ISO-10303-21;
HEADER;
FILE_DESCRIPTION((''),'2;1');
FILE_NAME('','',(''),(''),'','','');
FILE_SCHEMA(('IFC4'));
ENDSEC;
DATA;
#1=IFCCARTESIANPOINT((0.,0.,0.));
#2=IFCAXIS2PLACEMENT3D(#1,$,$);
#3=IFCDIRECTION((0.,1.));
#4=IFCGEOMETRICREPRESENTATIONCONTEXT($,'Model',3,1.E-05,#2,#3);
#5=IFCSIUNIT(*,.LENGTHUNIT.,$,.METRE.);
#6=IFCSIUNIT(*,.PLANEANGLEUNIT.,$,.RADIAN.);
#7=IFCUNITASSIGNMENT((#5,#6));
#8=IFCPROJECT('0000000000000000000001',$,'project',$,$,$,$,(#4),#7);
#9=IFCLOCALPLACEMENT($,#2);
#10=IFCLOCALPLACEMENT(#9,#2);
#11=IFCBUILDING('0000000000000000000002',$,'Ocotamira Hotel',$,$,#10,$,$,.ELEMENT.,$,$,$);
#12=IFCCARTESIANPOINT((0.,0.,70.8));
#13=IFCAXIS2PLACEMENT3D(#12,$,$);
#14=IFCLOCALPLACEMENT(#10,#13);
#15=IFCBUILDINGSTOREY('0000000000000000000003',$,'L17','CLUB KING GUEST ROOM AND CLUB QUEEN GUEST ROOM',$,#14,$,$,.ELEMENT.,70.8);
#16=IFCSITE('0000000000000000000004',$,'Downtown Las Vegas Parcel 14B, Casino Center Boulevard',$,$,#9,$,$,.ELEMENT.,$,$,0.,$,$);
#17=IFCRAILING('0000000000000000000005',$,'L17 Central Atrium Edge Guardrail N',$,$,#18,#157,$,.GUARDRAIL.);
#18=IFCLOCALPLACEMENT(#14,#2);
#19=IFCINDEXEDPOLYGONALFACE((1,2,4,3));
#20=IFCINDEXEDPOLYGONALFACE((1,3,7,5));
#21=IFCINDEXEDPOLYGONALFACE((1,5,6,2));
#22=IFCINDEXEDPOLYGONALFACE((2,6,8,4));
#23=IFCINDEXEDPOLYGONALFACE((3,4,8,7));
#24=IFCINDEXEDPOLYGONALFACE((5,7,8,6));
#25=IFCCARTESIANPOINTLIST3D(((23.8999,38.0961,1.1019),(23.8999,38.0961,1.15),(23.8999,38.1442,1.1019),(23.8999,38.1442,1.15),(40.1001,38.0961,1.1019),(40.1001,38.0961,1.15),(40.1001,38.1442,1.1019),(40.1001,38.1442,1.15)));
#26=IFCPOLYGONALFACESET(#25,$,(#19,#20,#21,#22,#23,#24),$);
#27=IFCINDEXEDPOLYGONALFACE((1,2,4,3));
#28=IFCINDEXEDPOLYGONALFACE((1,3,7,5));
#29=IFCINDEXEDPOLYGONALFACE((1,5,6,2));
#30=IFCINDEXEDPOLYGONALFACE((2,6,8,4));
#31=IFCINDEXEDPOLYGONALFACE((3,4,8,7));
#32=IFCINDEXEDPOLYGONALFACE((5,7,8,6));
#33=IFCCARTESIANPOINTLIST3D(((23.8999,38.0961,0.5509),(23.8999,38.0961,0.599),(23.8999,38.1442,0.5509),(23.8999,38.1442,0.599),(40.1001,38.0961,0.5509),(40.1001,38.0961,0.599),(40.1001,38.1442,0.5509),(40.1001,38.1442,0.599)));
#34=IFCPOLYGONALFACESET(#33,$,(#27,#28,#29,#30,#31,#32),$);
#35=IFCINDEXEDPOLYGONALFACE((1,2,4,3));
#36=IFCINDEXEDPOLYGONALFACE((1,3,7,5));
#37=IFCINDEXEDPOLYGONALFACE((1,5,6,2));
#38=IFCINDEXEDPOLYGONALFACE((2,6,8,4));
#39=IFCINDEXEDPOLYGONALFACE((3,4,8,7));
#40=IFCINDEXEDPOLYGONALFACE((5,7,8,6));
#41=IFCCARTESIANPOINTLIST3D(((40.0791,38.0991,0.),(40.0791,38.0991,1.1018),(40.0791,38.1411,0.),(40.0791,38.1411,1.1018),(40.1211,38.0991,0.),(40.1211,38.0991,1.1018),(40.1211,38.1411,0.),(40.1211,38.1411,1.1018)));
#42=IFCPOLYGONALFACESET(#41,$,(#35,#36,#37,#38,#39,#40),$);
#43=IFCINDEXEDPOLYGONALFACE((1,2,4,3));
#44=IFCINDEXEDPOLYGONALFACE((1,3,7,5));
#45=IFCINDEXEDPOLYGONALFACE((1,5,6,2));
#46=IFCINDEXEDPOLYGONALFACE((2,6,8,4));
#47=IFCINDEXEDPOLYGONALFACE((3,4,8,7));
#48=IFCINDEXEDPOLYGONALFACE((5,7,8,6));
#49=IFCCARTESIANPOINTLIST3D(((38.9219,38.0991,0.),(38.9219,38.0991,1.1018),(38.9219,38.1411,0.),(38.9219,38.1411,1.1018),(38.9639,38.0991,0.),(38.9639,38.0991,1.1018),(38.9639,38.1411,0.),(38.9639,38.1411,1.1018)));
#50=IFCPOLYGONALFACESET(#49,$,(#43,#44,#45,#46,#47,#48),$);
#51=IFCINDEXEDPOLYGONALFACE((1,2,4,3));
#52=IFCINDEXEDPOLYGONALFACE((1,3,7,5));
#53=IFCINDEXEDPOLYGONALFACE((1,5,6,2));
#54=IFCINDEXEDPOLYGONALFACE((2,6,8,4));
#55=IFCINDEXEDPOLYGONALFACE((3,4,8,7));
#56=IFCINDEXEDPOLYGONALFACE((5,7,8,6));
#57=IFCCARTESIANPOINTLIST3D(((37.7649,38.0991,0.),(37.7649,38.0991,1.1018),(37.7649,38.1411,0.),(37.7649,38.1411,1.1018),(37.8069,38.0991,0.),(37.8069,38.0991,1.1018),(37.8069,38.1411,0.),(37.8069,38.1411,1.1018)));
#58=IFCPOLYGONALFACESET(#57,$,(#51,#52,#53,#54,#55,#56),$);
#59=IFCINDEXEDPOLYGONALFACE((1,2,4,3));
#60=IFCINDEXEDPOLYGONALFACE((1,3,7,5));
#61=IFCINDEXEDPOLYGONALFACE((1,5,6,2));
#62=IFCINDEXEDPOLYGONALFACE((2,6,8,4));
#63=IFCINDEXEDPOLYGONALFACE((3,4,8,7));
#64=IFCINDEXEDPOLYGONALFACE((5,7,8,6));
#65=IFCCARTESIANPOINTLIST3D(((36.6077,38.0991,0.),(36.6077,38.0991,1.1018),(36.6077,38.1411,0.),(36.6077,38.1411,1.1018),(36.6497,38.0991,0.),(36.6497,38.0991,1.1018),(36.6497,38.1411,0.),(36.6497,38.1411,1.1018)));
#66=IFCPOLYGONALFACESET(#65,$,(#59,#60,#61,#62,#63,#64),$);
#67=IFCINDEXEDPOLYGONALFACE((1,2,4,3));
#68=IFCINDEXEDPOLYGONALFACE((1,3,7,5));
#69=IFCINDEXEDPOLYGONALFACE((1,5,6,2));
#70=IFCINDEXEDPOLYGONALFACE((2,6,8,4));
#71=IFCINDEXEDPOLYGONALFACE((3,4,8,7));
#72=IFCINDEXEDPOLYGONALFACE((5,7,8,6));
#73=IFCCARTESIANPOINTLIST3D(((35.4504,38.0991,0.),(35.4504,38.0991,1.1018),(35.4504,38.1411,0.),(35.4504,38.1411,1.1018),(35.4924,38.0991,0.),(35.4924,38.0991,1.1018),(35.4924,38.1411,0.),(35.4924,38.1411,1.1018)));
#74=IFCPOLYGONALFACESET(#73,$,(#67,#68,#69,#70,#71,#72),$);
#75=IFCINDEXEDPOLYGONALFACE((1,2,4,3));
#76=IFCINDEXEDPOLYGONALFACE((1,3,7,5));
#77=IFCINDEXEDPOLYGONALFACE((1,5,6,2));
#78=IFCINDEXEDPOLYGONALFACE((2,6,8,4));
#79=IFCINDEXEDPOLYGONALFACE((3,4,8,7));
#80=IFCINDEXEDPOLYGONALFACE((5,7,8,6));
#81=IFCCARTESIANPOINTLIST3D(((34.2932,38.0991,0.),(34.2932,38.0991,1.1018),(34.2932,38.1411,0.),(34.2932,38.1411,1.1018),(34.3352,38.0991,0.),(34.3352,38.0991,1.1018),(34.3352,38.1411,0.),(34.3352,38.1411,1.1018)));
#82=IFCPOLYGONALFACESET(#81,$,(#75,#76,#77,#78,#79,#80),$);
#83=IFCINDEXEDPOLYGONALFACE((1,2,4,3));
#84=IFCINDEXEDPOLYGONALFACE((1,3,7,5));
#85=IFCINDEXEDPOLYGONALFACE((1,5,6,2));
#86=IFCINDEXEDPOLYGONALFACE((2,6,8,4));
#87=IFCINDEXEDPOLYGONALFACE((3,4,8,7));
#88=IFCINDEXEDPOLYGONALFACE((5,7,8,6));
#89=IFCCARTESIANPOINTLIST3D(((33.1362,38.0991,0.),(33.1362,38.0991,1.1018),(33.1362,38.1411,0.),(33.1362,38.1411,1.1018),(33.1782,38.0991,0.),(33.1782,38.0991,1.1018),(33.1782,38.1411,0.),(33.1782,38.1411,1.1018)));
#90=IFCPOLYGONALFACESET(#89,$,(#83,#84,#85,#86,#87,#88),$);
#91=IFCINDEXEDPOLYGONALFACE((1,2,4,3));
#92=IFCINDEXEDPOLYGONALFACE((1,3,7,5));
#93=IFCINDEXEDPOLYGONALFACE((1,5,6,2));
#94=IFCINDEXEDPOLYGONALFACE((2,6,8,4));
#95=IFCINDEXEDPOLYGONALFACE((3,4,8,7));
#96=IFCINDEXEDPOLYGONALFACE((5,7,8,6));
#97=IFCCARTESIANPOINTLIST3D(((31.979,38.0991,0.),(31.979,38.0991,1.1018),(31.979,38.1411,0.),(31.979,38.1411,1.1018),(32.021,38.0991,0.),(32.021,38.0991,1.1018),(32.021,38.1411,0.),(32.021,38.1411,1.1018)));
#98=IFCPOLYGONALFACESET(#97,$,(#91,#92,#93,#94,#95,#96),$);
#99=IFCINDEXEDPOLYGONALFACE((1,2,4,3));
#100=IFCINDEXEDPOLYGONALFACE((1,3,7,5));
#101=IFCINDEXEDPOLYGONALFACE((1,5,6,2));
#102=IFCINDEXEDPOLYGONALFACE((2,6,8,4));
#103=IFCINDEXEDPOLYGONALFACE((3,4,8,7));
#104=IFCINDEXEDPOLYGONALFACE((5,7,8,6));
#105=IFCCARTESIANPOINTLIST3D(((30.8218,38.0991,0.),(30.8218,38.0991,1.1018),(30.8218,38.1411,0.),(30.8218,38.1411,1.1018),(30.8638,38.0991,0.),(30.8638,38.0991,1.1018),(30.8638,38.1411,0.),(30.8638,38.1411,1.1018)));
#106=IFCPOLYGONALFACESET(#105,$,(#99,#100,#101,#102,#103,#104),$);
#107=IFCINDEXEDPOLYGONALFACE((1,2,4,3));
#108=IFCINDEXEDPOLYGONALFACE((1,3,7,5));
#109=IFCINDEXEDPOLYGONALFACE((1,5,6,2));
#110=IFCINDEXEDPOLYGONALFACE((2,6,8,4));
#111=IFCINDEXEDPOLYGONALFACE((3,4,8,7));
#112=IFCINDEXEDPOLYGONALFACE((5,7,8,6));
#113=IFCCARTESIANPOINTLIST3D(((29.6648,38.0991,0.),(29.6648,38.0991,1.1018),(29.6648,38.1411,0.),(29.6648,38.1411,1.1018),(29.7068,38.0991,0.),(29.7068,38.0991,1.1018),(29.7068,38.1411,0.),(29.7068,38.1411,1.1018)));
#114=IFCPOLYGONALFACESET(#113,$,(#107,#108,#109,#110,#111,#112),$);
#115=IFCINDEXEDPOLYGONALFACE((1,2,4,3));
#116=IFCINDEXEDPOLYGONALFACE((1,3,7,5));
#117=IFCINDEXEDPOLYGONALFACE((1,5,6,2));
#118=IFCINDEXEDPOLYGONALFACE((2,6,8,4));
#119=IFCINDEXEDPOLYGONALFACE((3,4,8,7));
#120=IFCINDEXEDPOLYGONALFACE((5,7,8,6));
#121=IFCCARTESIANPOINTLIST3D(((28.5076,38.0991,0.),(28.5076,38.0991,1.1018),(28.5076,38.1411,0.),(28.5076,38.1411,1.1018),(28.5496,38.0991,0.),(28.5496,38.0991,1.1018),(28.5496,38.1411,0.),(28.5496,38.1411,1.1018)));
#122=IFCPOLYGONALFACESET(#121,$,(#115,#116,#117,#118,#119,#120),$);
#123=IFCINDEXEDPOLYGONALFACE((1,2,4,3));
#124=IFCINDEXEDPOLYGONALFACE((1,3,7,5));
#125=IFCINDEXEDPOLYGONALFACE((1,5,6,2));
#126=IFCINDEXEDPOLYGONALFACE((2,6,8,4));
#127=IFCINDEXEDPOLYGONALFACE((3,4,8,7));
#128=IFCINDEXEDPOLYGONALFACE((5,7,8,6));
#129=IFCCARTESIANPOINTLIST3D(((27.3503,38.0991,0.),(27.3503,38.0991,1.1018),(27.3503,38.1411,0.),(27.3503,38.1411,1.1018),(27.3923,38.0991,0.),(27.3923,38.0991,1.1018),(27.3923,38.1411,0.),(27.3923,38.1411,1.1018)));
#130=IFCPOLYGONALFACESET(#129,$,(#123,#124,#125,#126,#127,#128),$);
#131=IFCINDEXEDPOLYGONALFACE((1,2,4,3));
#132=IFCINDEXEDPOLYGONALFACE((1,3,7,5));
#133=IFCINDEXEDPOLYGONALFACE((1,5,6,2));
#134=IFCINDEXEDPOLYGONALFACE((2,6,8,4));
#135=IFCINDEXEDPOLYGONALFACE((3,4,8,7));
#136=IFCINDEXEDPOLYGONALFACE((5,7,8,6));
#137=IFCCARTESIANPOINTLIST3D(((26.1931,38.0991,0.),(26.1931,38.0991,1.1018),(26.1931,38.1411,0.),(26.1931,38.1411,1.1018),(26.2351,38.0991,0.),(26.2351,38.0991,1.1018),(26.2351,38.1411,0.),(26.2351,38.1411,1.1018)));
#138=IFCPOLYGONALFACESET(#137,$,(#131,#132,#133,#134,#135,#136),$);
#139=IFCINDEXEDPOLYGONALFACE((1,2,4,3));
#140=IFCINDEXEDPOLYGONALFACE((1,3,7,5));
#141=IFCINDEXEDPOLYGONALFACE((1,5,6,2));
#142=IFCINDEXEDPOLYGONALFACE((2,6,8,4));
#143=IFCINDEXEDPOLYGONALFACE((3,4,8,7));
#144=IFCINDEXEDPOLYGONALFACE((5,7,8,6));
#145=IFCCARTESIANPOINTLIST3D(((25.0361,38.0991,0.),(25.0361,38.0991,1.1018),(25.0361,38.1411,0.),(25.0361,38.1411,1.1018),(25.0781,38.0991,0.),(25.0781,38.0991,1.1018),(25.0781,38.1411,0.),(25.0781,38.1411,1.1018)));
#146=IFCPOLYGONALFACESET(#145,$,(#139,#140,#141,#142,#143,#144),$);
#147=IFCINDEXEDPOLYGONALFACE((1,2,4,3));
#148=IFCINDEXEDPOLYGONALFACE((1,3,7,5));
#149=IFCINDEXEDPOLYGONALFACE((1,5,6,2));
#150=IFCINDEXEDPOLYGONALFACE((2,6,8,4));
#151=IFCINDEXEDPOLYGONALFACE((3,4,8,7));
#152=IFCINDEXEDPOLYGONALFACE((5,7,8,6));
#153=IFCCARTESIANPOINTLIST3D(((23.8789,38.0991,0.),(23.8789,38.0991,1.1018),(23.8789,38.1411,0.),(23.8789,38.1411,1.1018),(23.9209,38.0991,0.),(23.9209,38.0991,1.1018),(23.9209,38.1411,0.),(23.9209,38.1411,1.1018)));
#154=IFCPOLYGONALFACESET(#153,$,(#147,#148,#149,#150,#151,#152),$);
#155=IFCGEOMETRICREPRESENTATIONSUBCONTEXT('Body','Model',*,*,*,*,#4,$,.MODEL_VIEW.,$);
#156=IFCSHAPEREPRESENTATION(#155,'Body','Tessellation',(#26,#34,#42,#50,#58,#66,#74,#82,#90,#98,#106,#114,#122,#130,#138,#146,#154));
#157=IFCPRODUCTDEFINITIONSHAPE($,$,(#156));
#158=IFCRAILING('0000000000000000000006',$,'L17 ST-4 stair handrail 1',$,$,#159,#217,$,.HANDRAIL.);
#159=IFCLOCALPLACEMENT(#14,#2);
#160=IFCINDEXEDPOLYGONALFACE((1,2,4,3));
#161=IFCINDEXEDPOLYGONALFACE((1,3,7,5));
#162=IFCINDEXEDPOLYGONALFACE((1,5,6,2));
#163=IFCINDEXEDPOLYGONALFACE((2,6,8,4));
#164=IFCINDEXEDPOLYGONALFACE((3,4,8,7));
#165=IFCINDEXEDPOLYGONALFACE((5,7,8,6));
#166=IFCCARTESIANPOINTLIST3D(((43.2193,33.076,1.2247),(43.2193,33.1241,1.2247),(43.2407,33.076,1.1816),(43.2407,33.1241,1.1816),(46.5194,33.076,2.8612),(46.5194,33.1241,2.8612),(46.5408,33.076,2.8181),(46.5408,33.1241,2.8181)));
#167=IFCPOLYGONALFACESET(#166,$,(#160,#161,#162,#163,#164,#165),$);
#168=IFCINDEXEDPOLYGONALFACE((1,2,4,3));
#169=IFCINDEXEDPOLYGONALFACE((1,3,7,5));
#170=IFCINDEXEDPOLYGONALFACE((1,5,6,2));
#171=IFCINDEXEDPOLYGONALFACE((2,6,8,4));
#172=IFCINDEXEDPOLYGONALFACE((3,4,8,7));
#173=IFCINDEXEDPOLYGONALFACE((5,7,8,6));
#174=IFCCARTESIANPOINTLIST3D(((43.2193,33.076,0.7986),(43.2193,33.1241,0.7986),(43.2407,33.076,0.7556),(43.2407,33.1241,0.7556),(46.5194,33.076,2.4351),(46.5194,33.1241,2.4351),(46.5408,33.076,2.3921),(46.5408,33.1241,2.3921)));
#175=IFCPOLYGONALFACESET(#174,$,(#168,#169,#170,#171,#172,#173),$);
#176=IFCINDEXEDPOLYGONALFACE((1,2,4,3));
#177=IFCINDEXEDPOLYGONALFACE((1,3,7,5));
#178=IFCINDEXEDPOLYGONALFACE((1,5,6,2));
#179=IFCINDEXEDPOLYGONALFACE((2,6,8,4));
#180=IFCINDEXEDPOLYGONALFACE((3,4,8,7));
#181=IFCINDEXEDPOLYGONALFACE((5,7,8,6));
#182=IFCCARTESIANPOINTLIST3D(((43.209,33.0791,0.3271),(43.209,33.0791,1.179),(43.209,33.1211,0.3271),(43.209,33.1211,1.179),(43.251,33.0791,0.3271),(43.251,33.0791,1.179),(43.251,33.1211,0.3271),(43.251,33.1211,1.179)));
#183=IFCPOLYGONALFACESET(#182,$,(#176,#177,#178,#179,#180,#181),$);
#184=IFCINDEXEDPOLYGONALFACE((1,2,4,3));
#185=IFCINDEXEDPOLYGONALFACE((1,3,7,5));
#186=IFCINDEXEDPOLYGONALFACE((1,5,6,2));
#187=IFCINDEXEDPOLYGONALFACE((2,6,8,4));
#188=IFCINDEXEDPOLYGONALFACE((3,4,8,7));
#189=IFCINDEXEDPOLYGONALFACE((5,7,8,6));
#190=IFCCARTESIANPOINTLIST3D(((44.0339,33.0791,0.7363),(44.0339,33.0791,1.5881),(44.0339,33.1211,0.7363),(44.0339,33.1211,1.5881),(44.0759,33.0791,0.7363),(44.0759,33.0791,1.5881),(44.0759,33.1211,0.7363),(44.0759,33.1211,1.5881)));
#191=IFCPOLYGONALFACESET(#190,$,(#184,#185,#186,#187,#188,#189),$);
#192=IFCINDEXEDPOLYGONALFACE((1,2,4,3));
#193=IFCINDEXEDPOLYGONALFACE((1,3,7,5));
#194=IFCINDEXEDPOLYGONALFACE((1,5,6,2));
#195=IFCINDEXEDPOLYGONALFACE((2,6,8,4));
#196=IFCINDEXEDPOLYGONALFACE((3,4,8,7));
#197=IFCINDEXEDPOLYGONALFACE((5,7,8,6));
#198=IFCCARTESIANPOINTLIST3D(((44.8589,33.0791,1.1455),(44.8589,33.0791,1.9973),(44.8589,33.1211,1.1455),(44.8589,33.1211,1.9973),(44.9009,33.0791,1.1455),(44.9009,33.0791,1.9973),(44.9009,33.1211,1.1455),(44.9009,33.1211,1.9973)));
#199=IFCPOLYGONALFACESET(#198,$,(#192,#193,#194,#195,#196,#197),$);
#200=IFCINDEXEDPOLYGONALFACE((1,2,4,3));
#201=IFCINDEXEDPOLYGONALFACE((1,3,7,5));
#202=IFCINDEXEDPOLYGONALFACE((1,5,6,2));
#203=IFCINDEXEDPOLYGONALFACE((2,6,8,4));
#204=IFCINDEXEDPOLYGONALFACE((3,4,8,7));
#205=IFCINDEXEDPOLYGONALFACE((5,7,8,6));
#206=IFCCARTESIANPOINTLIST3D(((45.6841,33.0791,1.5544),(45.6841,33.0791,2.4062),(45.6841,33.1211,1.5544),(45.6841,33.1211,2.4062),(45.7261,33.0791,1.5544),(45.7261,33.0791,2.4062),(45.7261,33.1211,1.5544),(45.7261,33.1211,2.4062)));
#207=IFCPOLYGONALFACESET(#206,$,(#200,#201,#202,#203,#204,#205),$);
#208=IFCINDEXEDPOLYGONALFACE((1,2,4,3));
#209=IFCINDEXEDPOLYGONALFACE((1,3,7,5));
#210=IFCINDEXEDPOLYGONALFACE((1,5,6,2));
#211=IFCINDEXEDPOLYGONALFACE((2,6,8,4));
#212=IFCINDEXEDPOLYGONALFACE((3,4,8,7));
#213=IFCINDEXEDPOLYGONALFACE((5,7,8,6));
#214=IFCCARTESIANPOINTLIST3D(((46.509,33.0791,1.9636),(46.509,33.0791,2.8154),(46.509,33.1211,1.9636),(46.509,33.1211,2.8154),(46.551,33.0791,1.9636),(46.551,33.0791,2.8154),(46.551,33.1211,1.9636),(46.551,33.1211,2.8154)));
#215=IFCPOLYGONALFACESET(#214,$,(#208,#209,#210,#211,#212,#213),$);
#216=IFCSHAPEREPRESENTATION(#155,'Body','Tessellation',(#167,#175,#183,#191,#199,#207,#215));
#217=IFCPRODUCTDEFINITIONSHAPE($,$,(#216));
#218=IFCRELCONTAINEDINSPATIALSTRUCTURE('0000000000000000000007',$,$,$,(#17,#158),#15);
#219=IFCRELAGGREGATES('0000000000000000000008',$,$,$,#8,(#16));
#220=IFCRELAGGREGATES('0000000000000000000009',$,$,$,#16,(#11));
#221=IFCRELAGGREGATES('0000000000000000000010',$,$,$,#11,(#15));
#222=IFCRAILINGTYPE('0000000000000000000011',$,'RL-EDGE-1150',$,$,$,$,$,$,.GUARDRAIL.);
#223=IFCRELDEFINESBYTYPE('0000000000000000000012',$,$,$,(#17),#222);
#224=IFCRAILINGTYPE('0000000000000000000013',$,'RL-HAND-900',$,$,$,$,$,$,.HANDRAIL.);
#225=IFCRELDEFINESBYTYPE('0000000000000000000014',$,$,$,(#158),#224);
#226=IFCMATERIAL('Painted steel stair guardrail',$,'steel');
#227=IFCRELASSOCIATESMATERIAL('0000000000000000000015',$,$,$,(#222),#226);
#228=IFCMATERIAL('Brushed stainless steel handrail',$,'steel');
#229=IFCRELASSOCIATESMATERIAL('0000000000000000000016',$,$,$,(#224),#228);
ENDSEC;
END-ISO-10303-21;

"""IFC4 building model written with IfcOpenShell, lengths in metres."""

from ifc_helpers import new_model, si_unit, direction, frame, origin, origin_2d, place, context, subcontext, project, spatial, rectangle, extrude, material, type_object, element, save


model = new_model("IFC4")

# Units and contexts
model_context = context("Model", 3, precision=1e-05, world=origin(), true_north=direction((0.0, 1.0)))
body_context = subcontext(model_context, "Body", "Model", "MODEL_VIEW")
ifc_project = project(units=[si_unit("LENGTHUNIT", "METRE"), si_unit("PLANEANGLEUNIT", "RADIAN")], contexts=[model_context])

# Site, building, storey
site_placement = place(None, origin())
site = spatial("IfcSite", under=ifc_project, at=site_placement, Name="Downtown Las Vegas Parcel 14B, Casino Center Boulevard", CompositionType="ELEMENT", RefElevation=0.0)
building_placement = place(site_placement, origin())
building = spatial("IfcBuilding", under=site, at=building_placement, Name="Ocotamira Hotel", CompositionType="ELEMENT")
storey_placement = place(building_placement, frame((0.0, 0.0, 70.8)))
storey = spatial("IfcBuildingStorey", under=building, at=storey_placement, Name="L17", Description="CLUB KING GUEST ROOM AND CLUB QUEEN GUEST ROOM", CompositionType="ELEMENT", Elevation=70.8)

# Railings
ifc_material_1 = material(Name="Painted steel stair guardrail", Category="steel")
railing_type_1 = type_object("IfcRailingType", Name="RL-EDGE-1150", PredefinedType="GUARDRAIL", material=ifc_material_1)
railing_1_placement = place(storey_placement, frame((40.1001, 38.1201, 0.0)))
element("IfcRailing", 1, at=railing_1_placement, inside=storey, type_object=railing_type_1, Name="L17 Central Atrium Edge Guardrail N", PredefinedType="GUARDRAIL", context=body_context, shape_type="SweptSolid", body=[
    extrude(rectangle(XDim=0.0481, YDim=0.0481, at=origin_2d()), frame((0.0, 0.0, 1.126), z_axis=(-1.0, 0.0, 0.0), x_axis=(0.0, -1.0, 0.0)), (0.0, 0.0, 1.0), 16.2002),
    extrude(rectangle(XDim=0.0481, YDim=0.0481, at=origin_2d()), frame((0.0, 0.0, 0.575), z_axis=(-1.0, 0.0, 0.0), x_axis=(0.0, -1.0, 0.0)), (0.0, 0.0, 1.0), 16.2002),
    extrude(rectangle(XDim=0.042, YDim=0.042, at=origin_2d()), origin(), (0.0, 0.0, 1.0), 1.1018),
    extrude(rectangle(XDim=0.042, YDim=0.042, at=origin_2d()), frame((-1.1572, 0.0, 0.0)), (0.0, 0.0, 1.0), 1.1018),
    extrude(rectangle(XDim=0.042, YDim=0.042, at=origin_2d()), frame((-2.3142, 0.0, 0.0)), (0.0, 0.0, 1.0), 1.1018),
    extrude(rectangle(XDim=0.042, YDim=0.042, at=origin_2d()), frame((-3.4714, 0.0, 0.0)), (0.0, 0.0, 1.0), 1.1018),
    extrude(rectangle(XDim=0.042, YDim=0.042, at=origin_2d()), frame((-4.6287, 0.0, 0.0)), (0.0, 0.0, 1.0), 1.1018),
    extrude(rectangle(XDim=0.042, YDim=0.042, at=origin_2d()), frame((-5.7859, 0.0, 0.0)), (0.0, 0.0, 1.0), 1.1018),
    extrude(rectangle(XDim=0.042, YDim=0.042, at=origin_2d()), frame((-6.9429, 0.0, 0.0)), (0.0, 0.0, 1.0), 1.1018),
    extrude(rectangle(XDim=0.042, YDim=0.042, at=origin_2d()), frame((-8.1001, 0.0, 0.0)), (0.0, 0.0, 1.0), 1.1018),
    extrude(rectangle(XDim=0.042, YDim=0.042, at=origin_2d()), frame((-9.2573, 0.0, 0.0)), (0.0, 0.0, 1.0), 1.1018),
    extrude(rectangle(XDim=0.042, YDim=0.042, at=origin_2d()), frame((-10.4143, 0.0, 0.0)), (0.0, 0.0, 1.0), 1.1018),
    extrude(rectangle(XDim=0.042, YDim=0.042, at=origin_2d()), frame((-11.5715, 0.0, 0.0)), (0.0, 0.0, 1.0), 1.1018),
    extrude(rectangle(XDim=0.042, YDim=0.042, at=origin_2d()), frame((-12.7288, 0.0, 0.0)), (0.0, 0.0, 1.0), 1.1018),
    extrude(rectangle(XDim=0.042, YDim=0.042, at=origin_2d()), frame((-13.886, 0.0, 0.0)), (0.0, 0.0, 1.0), 1.1018),
    extrude(rectangle(XDim=0.042, YDim=0.042, at=origin_2d()), frame((-15.043, 0.0, 0.0)), (0.0, 0.0, 1.0), 1.1018),
    extrude(rectangle(XDim=0.042, YDim=0.042, at=origin_2d()), frame((-16.2002, 0.0, 0.0)), (0.0, 0.0, 1.0), 1.1018),
])
ifc_material_2 = material(Name="Brushed stainless steel handrail", Category="steel")
railing_type_2 = type_object("IfcRailingType", Name="RL-HAND-900", PredefinedType="HANDRAIL", material=ifc_material_2)
railing_2_placement = place(storey_placement, frame((43.23, 33.1001, 0.3271)))
element("IfcRailing", 2, at=railing_2_placement, inside=storey, type_object=railing_type_2, Name="L17 ST-4 stair handrail 1", PredefinedType="HANDRAIL", context=body_context, shape_type="SweptSolid", body=[
    extrude(rectangle(XDim=0.0481, YDim=0.0481, at=origin_2d()), frame((0.0, 0.0, 0.876), z_axis=(0.895894, 0.0, 0.444268), x_axis=(0.0, 1.0, 0.0)), (0.0, 0.0, 1.0), 3.6836),
    extrude(rectangle(XDim=0.0481, YDim=0.0481, at=origin_2d()), frame((0.0, 0.0, 0.45), z_axis=(0.895894, 0.0, 0.444268), x_axis=(0.0, 1.0, 0.0)), (0.0, 0.0, 1.0), 3.6836),
    extrude(rectangle(XDim=0.042, YDim=0.042, at=origin_2d()), origin(), (0.0, 0.0, 1.0), 0.8518),
    extrude(rectangle(XDim=0.042, YDim=0.042, at=origin_2d()), frame((0.825, 0.0, 0.4092)), (0.0, 0.0, 1.0), 0.8518),
    extrude(rectangle(XDim=0.042, YDim=0.042, at=origin_2d()), frame((1.6499, 0.0, 0.8184)), (0.0, 0.0, 1.0), 0.8518),
    extrude(rectangle(XDim=0.042, YDim=0.042, at=origin_2d()), frame((2.4751, 0.0, 1.2273)), (0.0, 0.0, 1.0), 0.8518),
    extrude(rectangle(XDim=0.042, YDim=0.042, at=origin_2d()), frame((3.3, 0.0, 1.6365)), (0.0, 0.0, 1.0), 0.8518),
])

save(model, "model.ifc")
